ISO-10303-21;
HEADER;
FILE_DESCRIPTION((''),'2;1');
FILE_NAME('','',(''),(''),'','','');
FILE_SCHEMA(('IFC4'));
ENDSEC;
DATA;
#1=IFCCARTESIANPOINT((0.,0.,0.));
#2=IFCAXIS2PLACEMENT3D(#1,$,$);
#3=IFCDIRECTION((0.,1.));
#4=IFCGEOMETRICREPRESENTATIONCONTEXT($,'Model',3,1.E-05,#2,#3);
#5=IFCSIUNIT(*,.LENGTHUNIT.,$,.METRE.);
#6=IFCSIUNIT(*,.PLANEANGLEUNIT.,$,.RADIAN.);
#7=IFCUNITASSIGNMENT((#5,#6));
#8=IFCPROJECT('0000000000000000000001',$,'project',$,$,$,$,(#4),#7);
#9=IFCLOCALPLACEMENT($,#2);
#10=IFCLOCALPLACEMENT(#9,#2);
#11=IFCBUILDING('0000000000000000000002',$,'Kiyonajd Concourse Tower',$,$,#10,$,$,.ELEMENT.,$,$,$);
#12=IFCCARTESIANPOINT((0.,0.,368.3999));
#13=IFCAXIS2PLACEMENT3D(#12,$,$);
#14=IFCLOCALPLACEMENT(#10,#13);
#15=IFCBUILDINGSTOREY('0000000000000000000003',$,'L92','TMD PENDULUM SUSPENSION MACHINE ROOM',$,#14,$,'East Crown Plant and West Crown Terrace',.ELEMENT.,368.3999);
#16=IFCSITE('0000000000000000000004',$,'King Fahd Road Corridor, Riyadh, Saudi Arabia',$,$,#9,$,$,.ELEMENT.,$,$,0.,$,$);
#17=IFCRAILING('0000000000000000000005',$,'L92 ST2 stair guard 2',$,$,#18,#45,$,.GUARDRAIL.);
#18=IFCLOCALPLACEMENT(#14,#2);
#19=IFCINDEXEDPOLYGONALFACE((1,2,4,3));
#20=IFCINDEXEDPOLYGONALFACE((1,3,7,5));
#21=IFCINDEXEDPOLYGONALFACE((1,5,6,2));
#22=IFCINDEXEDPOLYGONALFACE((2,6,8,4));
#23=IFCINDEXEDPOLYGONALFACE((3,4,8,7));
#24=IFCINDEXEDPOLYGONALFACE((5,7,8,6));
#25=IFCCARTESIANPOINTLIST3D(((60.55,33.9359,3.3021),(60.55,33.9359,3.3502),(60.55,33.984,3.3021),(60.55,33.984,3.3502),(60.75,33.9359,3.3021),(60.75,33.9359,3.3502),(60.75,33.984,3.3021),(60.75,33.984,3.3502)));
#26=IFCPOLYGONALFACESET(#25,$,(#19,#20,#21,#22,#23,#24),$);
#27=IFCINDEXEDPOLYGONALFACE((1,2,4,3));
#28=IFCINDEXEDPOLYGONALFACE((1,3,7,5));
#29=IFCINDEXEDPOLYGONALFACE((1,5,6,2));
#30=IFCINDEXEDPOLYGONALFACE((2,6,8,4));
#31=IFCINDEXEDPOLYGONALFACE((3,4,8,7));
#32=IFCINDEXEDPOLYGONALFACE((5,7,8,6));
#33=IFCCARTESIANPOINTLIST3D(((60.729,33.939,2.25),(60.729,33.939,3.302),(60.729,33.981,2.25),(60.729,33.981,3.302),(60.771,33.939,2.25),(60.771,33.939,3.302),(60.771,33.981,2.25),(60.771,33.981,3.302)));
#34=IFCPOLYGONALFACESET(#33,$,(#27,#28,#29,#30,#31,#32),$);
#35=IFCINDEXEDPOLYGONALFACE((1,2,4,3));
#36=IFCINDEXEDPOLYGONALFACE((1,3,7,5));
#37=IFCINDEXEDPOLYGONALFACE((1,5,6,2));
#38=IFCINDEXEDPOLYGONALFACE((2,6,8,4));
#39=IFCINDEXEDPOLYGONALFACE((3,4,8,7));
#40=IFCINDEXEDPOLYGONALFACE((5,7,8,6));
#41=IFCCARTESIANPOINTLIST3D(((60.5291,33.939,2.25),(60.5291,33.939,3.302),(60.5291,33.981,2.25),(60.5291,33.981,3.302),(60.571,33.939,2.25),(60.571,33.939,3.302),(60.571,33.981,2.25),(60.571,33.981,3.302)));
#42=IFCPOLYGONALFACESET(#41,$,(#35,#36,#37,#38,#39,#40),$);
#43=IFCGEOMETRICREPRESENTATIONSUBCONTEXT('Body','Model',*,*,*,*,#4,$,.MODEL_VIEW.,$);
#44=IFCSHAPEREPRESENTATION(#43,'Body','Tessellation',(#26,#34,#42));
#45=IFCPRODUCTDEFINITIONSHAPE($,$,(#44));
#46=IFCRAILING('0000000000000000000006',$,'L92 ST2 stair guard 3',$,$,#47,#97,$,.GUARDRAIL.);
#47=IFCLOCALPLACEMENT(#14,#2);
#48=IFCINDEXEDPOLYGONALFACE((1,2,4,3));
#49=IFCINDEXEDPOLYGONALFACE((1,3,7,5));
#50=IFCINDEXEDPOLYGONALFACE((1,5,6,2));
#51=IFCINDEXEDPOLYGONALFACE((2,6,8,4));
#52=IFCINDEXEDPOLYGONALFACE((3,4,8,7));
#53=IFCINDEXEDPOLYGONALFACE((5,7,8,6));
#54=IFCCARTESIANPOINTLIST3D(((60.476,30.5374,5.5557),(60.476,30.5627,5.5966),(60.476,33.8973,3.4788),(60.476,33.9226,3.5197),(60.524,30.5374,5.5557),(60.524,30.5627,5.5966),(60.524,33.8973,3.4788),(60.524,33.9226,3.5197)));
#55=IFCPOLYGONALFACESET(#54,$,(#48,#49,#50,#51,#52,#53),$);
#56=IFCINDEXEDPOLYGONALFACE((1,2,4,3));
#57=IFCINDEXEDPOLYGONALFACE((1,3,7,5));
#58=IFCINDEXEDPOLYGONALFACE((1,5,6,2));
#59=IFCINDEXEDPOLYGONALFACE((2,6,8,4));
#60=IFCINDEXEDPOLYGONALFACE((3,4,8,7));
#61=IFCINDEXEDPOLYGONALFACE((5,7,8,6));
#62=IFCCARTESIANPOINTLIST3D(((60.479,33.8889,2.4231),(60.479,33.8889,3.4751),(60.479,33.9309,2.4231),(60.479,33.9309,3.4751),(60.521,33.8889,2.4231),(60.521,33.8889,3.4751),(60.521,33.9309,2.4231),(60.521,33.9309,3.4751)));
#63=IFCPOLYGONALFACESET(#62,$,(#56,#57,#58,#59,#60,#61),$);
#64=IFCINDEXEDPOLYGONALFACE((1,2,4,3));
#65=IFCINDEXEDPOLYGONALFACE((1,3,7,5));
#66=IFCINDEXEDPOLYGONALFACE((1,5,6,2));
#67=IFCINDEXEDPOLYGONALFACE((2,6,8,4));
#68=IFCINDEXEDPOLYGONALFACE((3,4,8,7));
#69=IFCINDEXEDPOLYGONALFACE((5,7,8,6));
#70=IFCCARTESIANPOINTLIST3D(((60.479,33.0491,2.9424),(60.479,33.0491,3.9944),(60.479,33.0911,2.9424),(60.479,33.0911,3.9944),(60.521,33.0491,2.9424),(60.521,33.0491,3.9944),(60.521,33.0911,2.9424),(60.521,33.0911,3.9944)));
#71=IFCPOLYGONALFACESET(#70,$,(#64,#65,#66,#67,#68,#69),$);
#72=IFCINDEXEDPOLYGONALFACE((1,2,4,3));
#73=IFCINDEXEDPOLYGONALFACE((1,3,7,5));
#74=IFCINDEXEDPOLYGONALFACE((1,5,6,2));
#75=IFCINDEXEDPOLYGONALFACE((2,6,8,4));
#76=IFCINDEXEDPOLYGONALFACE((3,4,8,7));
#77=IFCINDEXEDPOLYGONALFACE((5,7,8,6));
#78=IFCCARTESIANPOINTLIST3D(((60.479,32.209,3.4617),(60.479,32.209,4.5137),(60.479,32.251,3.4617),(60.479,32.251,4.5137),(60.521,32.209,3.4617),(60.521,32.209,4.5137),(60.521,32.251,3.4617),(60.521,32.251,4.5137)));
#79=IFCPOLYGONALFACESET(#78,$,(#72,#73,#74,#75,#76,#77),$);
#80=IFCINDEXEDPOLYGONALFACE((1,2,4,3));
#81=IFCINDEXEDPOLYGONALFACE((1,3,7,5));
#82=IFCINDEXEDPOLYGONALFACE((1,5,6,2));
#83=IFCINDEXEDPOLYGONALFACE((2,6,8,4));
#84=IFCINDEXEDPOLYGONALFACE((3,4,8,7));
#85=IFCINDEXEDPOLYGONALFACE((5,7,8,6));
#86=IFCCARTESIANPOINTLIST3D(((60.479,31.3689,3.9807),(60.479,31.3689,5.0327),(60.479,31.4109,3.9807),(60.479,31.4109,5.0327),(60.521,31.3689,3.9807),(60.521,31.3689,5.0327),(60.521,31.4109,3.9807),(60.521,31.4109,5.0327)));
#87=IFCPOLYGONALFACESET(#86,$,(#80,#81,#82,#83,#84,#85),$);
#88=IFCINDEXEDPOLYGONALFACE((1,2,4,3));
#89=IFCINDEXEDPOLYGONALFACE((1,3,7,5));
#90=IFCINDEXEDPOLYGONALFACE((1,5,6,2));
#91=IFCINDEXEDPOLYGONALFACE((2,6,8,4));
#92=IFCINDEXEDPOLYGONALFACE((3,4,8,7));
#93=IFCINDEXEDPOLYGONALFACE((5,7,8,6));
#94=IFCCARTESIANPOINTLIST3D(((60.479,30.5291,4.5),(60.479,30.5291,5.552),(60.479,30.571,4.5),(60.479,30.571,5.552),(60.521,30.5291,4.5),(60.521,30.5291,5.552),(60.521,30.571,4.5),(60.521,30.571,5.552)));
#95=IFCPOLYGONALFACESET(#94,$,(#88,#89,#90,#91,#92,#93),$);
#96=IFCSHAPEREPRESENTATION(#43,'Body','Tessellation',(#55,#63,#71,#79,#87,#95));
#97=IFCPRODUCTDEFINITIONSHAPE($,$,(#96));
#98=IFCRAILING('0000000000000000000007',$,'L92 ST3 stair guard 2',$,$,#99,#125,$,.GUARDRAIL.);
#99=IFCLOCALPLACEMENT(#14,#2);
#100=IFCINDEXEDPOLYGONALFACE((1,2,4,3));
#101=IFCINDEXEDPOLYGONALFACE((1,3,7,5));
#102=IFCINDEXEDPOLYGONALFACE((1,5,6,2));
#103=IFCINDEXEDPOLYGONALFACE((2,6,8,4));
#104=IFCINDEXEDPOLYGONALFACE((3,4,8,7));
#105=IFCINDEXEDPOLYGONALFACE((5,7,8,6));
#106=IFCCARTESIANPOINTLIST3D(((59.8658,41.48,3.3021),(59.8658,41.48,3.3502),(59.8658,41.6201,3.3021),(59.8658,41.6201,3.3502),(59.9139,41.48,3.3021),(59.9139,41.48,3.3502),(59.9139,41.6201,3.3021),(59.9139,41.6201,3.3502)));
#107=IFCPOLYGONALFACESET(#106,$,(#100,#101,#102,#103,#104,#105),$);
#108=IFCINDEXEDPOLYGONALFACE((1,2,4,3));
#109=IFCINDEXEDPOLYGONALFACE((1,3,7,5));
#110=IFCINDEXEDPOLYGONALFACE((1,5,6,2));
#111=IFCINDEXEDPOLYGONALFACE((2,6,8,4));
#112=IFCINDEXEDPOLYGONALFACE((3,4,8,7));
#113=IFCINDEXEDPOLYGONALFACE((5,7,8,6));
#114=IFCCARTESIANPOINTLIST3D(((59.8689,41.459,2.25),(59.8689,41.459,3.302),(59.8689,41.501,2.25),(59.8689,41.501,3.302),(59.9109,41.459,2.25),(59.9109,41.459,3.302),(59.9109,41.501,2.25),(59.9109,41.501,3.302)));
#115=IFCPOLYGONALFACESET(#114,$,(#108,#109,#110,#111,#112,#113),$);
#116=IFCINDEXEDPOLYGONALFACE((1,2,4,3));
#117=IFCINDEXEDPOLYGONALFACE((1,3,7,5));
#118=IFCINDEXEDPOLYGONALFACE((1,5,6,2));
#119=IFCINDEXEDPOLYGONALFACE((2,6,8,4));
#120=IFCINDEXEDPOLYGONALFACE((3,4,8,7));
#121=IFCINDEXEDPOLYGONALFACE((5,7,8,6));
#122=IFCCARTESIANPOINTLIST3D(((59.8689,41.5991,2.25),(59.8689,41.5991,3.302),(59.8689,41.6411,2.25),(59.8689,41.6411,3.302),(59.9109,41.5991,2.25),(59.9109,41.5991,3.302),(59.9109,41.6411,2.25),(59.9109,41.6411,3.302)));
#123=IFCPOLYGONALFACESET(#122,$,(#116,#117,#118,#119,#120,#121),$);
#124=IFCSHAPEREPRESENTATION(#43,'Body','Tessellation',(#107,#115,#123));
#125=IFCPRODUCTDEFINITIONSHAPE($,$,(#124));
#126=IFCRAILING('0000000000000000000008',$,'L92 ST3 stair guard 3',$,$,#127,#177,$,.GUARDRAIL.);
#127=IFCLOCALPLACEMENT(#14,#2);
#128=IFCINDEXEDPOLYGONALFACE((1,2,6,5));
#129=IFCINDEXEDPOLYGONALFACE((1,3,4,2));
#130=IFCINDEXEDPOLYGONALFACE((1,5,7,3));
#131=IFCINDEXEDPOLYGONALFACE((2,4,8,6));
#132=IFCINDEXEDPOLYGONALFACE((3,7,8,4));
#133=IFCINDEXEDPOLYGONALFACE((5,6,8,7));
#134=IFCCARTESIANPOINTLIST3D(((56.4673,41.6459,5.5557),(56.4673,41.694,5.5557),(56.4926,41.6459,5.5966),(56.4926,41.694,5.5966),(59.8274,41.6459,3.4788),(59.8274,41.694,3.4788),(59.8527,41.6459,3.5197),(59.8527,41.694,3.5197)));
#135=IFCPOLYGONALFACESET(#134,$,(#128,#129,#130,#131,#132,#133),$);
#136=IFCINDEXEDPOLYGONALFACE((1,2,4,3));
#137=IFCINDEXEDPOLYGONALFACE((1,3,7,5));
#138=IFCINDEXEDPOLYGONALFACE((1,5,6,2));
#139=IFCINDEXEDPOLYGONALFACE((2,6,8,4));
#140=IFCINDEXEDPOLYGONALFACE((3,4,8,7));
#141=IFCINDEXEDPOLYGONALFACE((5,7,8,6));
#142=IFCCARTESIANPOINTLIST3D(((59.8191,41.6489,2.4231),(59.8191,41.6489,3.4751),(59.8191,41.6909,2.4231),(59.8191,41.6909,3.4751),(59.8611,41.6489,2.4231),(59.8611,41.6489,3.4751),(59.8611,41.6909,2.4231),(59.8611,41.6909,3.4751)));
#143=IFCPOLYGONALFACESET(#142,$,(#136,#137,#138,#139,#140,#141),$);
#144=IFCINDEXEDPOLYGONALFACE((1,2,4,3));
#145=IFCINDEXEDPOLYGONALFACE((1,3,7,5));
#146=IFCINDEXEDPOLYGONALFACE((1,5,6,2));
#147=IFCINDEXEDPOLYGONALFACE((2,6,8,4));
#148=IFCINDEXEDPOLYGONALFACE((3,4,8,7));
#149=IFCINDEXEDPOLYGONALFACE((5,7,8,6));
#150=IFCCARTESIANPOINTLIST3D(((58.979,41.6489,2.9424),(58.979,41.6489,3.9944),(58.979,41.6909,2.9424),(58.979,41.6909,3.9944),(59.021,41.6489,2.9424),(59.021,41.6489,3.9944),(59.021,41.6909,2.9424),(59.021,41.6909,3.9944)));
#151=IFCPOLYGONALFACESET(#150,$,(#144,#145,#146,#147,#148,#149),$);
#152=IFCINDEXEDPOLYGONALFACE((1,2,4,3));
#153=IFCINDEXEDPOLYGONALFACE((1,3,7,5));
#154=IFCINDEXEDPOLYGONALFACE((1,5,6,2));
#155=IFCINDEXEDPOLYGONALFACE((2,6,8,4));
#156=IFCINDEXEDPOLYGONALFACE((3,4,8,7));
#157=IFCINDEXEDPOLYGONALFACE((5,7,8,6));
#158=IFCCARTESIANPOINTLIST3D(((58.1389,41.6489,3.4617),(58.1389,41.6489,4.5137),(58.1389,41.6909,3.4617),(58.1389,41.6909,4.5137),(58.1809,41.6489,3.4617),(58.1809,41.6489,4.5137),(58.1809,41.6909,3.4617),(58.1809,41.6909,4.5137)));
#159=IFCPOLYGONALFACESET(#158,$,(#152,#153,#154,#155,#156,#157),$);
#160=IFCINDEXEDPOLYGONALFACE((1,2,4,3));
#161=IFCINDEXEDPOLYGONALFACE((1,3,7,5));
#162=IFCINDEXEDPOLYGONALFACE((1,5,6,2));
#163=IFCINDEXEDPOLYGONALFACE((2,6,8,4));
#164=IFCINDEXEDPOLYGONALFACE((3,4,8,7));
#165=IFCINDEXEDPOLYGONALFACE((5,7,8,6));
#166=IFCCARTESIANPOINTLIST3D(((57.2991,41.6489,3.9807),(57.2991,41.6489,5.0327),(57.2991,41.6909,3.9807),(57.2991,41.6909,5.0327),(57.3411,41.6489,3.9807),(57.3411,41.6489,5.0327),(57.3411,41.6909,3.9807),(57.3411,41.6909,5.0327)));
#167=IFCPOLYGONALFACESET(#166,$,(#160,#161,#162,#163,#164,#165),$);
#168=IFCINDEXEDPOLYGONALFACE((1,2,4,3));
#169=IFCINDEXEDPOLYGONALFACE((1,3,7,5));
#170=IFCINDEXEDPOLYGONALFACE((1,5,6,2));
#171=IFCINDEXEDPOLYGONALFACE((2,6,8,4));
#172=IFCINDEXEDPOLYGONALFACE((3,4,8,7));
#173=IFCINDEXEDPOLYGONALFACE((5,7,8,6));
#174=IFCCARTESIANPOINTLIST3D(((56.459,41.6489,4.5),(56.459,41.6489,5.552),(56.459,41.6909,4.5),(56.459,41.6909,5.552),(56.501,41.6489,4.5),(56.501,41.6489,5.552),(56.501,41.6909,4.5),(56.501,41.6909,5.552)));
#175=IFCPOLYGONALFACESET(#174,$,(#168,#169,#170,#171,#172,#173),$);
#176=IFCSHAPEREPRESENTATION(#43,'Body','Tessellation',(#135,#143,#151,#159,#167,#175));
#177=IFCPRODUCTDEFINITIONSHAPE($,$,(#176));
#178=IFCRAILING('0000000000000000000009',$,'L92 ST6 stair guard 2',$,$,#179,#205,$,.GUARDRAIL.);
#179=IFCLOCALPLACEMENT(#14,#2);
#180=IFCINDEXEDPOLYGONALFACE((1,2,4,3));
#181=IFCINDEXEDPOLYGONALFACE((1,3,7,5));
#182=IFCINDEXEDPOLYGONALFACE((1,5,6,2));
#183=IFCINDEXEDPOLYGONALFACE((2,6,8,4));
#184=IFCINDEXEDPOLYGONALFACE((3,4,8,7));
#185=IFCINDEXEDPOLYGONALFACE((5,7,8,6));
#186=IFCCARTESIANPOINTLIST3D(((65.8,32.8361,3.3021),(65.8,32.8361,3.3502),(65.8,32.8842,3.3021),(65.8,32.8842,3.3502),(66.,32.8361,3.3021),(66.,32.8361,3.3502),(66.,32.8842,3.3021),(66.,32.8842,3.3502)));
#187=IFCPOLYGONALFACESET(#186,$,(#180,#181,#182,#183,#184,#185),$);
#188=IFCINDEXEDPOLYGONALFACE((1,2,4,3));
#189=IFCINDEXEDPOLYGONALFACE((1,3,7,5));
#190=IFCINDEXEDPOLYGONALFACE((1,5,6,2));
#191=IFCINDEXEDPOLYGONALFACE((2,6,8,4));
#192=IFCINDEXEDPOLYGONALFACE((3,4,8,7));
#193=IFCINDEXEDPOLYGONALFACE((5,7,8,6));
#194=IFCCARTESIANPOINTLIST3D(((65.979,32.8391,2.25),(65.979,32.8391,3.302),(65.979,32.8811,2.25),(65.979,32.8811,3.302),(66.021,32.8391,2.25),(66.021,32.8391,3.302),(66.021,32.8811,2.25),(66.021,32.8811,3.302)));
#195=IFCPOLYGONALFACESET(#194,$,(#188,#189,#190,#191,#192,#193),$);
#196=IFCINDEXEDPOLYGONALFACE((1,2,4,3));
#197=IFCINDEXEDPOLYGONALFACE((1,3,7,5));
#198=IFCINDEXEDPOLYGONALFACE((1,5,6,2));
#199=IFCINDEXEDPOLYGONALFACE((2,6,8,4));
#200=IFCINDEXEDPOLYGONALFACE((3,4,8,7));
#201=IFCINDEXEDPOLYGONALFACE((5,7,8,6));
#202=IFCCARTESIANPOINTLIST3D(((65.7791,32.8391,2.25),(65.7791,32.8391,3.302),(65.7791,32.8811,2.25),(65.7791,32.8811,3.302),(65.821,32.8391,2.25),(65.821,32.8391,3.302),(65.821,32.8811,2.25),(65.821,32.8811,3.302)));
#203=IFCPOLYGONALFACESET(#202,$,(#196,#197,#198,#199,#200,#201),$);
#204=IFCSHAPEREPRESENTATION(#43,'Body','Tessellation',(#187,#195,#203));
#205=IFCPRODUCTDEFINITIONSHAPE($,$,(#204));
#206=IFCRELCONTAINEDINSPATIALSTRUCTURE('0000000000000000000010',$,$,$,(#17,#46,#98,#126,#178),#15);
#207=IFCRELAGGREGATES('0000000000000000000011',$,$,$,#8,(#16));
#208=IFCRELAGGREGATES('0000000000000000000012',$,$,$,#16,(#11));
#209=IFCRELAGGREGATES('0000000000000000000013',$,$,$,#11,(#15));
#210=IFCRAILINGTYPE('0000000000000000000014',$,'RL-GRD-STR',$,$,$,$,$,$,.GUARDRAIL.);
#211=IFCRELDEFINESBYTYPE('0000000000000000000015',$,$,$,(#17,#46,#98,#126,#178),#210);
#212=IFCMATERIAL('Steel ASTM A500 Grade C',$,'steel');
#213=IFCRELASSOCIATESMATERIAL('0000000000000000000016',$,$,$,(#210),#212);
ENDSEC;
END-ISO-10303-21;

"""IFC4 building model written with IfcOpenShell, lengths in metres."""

from ifc_helpers import new_model, si_unit, direction, frame, origin, origin_2d, place, context, subcontext, project, spatial, rectangle, extrude, material, type_object, element, save


model = new_model("IFC4")

# Units and contexts
model_context = context("Model", 3, precision=1e-05, world=origin(), true_north=direction((0.0, 1.0)))
body_context = subcontext(model_context, "Body", "Model", "MODEL_VIEW")
ifc_project = project(units=[si_unit("LENGTHUNIT", "METRE"), si_unit("PLANEANGLEUNIT", "RADIAN")], contexts=[model_context])

# Site, building, storey
site_placement = place(None, origin())
site = spatial("IfcSite", under=ifc_project, at=site_placement, Name="King Fahd Road Corridor, Riyadh, Saudi Arabia", CompositionType="ELEMENT", RefElevation=0.0)
building_placement = place(site_placement, origin())
building = spatial("IfcBuilding", under=site, at=building_placement, Name="Kiyonajd Concourse Tower", CompositionType="ELEMENT")
storey_placement = place(building_placement, frame((0.0, 0.0, 368.3999)))
storey = spatial("IfcBuildingStorey", under=building, at=storey_placement, Name="L92", Description="TMD PENDULUM SUSPENSION MACHINE ROOM", LongName="East Crown Plant and West Crown Terrace", CompositionType="ELEMENT", Elevation=368.3999)

# Railings
ifc_material_1 = material(Name="Steel ASTM A500 Grade C", Category="steel")
railing_type_1 = type_object("IfcRailingType", Name="RL-GRD-STR", PredefinedType="GUARDRAIL", material=ifc_material_1)
railing_1_placement = place(storey_placement, frame((60.75, 33.96, 2.25)))
element("IfcRailing", 1, at=railing_1_placement, inside=storey, type_object=railing_type_1, Name="L92 ST2 stair guard 2", PredefinedType="GUARDRAIL", context=body_context, shape_type="SweptSolid", body=[
    extrude(rectangle(XDim=0.0481, YDim=0.0481, at=origin_2d()), frame((0.0, 0.0, 1.0762), z_axis=(-1.0, 0.0, 0.0), x_axis=(0.0, -1.0, 0.0)), (0.0, 0.0, 1.0), 0.2),
    extrude(rectangle(XDim=0.042, YDim=0.042, at=origin_2d()), origin(), (0.0, 0.0, 1.0), 1.052),
    extrude(rectangle(XDim=0.042, YDim=0.042, at=origin_2d()), frame((-0.2, 0.0, 0.0)), (0.0, 0.0, 1.0), 1.052),
])
railing_2_placement = place(storey_placement, frame((60.5, 33.9099, 2.4231)))
element("IfcRailing", 2, at=railing_2_placement, inside=storey, type_object=railing_type_1, Name="L92 ST2 stair guard 3", PredefinedType="GUARDRAIL", context=body_context, shape_type="SweptSolid", body=[
    extrude(rectangle(XDim=0.0481, YDim=0.0481, at=origin_2d()), frame((0.0, 0.0, 1.0762), z_axis=(0.0, -0.850606, 0.525803), x_axis=(1.0, 0.0, 0.0)), (0.0, 0.0, 1.0), 3.95),
    extrude(rectangle(XDim=0.042, YDim=0.042, at=origin_2d()), origin(), (0.0, 0.0, 1.0), 1.052),
    extrude(rectangle(XDim=0.042, YDim=0.042, at=origin_2d()), frame((0.0, -0.8398, 0.5193)), (0.0, 0.0, 1.0), 1.052),
    extrude(rectangle(XDim=0.042, YDim=0.042, at=origin_2d()), frame((0.0, -1.6799, 1.0386)), (0.0, 0.0, 1.0), 1.052),
    extrude(rectangle(XDim=0.042, YDim=0.042, at=origin_2d()), frame((0.0, -2.52, 1.5576)), (0.0, 0.0, 1.0), 1.052),
    extrude(rectangle(XDim=0.042, YDim=0.042, at=origin_2d()), frame((0.0, -3.3599, 2.0769)), (0.0, 0.0, 1.0), 1.052),
])
railing_3_placement = place(storey_placement, frame((59.8899, 41.48, 2.25)))
element("IfcRailing", 3, at=railing_3_placement, inside=storey, type_object=railing_type_1, Name="L92 ST3 stair guard 2", PredefinedType="GUARDRAIL", context=body_context, shape_type="SweptSolid", body=[
    extrude(rectangle(XDim=0.0481, YDim=0.0481, at=origin_2d()), frame((0.0, 0.0, 1.0762), z_axis=(0.0, 1.0, 0.0), x_axis=(-1.0, 0.0, 0.0)), (0.0, 0.0, 1.0), 0.1401),
    extrude(rectangle(XDim=0.042, YDim=0.042, at=origin_2d()), origin(), (0.0, 0.0, 1.0), 1.052),
    extrude(rectangle(XDim=0.042, YDim=0.042, at=origin_2d()), frame((0.0, 0.1401, 0.0)), (0.0, 0.0, 1.0), 1.052),
])
railing_4_placement = place(storey_placement, frame((59.8401, 41.6699, 2.4231)))
element("IfcRailing", 4, at=railing_4_placement, inside=storey, type_object=railing_type_1, Name="L92 ST3 stair guard 3", PredefinedType="GUARDRAIL", context=body_context, shape_type="SweptSolid", body=[
    extrude(rectangle(XDim=0.0481, YDim=0.0481, at=origin_2d()), frame((0.0, 0.0, 1.0762), z_axis=(-0.850623, 0.0, 0.525776), x_axis=(0.0, -1.0, 0.0)), (0.0, 0.0, 1.0), 3.9502),
    extrude(rectangle(XDim=0.042, YDim=0.042, at=origin_2d()), origin(), (0.0, 0.0, 1.0), 1.052),
    extrude(rectangle(XDim=0.042, YDim=0.042, at=origin_2d()), frame((-0.8401, 0.0, 0.5193)), (0.0, 0.0, 1.0), 1.052),
    extrude(rectangle(XDim=0.042, YDim=0.042, at=origin_2d()), frame((-1.6802, 0.0, 1.0386)), (0.0, 0.0, 1.0), 1.052),
    extrude(rectangle(XDim=0.042, YDim=0.042, at=origin_2d()), frame((-2.52, 0.0, 1.5576)), (0.0, 0.0, 1.0), 1.052),
    extrude(rectangle(XDim=0.042, YDim=0.042, at=origin_2d()), frame((-3.3601, 0.0, 2.0769)), (0.0, 0.0, 1.0), 1.052),
])
railing_5_placement = place(storey_placement, frame((66.0, 32.8601, 2.25)))
element("IfcRailing", 5, at=railing_5_placement, inside=storey, type_object=railing_type_1, Name="L92 ST6 stair guard 2", PredefinedType="GUARDRAIL", context=body_context, shape_type="SweptSolid", body=[
    extrude(rectangle(XDim=0.0481, YDim=0.0481, at=origin_2d()), frame((0.0, 0.0, 1.0762), z_axis=(-1.0, 0.0, 0.0), x_axis=(0.0, -1.0, 0.0)), (0.0, 0.0, 1.0), 0.2),
    extrude(rectangle(XDim=0.042, YDim=0.042, at=origin_2d()), origin(), (0.0, 0.0, 1.0), 1.052),
    extrude(rectangle(XDim=0.042, YDim=0.042, at=origin_2d()), frame((-0.2, 0.0, 0.0)), (0.0, 0.0, 1.0), 1.052),
])

save(model, "model.ifc")
